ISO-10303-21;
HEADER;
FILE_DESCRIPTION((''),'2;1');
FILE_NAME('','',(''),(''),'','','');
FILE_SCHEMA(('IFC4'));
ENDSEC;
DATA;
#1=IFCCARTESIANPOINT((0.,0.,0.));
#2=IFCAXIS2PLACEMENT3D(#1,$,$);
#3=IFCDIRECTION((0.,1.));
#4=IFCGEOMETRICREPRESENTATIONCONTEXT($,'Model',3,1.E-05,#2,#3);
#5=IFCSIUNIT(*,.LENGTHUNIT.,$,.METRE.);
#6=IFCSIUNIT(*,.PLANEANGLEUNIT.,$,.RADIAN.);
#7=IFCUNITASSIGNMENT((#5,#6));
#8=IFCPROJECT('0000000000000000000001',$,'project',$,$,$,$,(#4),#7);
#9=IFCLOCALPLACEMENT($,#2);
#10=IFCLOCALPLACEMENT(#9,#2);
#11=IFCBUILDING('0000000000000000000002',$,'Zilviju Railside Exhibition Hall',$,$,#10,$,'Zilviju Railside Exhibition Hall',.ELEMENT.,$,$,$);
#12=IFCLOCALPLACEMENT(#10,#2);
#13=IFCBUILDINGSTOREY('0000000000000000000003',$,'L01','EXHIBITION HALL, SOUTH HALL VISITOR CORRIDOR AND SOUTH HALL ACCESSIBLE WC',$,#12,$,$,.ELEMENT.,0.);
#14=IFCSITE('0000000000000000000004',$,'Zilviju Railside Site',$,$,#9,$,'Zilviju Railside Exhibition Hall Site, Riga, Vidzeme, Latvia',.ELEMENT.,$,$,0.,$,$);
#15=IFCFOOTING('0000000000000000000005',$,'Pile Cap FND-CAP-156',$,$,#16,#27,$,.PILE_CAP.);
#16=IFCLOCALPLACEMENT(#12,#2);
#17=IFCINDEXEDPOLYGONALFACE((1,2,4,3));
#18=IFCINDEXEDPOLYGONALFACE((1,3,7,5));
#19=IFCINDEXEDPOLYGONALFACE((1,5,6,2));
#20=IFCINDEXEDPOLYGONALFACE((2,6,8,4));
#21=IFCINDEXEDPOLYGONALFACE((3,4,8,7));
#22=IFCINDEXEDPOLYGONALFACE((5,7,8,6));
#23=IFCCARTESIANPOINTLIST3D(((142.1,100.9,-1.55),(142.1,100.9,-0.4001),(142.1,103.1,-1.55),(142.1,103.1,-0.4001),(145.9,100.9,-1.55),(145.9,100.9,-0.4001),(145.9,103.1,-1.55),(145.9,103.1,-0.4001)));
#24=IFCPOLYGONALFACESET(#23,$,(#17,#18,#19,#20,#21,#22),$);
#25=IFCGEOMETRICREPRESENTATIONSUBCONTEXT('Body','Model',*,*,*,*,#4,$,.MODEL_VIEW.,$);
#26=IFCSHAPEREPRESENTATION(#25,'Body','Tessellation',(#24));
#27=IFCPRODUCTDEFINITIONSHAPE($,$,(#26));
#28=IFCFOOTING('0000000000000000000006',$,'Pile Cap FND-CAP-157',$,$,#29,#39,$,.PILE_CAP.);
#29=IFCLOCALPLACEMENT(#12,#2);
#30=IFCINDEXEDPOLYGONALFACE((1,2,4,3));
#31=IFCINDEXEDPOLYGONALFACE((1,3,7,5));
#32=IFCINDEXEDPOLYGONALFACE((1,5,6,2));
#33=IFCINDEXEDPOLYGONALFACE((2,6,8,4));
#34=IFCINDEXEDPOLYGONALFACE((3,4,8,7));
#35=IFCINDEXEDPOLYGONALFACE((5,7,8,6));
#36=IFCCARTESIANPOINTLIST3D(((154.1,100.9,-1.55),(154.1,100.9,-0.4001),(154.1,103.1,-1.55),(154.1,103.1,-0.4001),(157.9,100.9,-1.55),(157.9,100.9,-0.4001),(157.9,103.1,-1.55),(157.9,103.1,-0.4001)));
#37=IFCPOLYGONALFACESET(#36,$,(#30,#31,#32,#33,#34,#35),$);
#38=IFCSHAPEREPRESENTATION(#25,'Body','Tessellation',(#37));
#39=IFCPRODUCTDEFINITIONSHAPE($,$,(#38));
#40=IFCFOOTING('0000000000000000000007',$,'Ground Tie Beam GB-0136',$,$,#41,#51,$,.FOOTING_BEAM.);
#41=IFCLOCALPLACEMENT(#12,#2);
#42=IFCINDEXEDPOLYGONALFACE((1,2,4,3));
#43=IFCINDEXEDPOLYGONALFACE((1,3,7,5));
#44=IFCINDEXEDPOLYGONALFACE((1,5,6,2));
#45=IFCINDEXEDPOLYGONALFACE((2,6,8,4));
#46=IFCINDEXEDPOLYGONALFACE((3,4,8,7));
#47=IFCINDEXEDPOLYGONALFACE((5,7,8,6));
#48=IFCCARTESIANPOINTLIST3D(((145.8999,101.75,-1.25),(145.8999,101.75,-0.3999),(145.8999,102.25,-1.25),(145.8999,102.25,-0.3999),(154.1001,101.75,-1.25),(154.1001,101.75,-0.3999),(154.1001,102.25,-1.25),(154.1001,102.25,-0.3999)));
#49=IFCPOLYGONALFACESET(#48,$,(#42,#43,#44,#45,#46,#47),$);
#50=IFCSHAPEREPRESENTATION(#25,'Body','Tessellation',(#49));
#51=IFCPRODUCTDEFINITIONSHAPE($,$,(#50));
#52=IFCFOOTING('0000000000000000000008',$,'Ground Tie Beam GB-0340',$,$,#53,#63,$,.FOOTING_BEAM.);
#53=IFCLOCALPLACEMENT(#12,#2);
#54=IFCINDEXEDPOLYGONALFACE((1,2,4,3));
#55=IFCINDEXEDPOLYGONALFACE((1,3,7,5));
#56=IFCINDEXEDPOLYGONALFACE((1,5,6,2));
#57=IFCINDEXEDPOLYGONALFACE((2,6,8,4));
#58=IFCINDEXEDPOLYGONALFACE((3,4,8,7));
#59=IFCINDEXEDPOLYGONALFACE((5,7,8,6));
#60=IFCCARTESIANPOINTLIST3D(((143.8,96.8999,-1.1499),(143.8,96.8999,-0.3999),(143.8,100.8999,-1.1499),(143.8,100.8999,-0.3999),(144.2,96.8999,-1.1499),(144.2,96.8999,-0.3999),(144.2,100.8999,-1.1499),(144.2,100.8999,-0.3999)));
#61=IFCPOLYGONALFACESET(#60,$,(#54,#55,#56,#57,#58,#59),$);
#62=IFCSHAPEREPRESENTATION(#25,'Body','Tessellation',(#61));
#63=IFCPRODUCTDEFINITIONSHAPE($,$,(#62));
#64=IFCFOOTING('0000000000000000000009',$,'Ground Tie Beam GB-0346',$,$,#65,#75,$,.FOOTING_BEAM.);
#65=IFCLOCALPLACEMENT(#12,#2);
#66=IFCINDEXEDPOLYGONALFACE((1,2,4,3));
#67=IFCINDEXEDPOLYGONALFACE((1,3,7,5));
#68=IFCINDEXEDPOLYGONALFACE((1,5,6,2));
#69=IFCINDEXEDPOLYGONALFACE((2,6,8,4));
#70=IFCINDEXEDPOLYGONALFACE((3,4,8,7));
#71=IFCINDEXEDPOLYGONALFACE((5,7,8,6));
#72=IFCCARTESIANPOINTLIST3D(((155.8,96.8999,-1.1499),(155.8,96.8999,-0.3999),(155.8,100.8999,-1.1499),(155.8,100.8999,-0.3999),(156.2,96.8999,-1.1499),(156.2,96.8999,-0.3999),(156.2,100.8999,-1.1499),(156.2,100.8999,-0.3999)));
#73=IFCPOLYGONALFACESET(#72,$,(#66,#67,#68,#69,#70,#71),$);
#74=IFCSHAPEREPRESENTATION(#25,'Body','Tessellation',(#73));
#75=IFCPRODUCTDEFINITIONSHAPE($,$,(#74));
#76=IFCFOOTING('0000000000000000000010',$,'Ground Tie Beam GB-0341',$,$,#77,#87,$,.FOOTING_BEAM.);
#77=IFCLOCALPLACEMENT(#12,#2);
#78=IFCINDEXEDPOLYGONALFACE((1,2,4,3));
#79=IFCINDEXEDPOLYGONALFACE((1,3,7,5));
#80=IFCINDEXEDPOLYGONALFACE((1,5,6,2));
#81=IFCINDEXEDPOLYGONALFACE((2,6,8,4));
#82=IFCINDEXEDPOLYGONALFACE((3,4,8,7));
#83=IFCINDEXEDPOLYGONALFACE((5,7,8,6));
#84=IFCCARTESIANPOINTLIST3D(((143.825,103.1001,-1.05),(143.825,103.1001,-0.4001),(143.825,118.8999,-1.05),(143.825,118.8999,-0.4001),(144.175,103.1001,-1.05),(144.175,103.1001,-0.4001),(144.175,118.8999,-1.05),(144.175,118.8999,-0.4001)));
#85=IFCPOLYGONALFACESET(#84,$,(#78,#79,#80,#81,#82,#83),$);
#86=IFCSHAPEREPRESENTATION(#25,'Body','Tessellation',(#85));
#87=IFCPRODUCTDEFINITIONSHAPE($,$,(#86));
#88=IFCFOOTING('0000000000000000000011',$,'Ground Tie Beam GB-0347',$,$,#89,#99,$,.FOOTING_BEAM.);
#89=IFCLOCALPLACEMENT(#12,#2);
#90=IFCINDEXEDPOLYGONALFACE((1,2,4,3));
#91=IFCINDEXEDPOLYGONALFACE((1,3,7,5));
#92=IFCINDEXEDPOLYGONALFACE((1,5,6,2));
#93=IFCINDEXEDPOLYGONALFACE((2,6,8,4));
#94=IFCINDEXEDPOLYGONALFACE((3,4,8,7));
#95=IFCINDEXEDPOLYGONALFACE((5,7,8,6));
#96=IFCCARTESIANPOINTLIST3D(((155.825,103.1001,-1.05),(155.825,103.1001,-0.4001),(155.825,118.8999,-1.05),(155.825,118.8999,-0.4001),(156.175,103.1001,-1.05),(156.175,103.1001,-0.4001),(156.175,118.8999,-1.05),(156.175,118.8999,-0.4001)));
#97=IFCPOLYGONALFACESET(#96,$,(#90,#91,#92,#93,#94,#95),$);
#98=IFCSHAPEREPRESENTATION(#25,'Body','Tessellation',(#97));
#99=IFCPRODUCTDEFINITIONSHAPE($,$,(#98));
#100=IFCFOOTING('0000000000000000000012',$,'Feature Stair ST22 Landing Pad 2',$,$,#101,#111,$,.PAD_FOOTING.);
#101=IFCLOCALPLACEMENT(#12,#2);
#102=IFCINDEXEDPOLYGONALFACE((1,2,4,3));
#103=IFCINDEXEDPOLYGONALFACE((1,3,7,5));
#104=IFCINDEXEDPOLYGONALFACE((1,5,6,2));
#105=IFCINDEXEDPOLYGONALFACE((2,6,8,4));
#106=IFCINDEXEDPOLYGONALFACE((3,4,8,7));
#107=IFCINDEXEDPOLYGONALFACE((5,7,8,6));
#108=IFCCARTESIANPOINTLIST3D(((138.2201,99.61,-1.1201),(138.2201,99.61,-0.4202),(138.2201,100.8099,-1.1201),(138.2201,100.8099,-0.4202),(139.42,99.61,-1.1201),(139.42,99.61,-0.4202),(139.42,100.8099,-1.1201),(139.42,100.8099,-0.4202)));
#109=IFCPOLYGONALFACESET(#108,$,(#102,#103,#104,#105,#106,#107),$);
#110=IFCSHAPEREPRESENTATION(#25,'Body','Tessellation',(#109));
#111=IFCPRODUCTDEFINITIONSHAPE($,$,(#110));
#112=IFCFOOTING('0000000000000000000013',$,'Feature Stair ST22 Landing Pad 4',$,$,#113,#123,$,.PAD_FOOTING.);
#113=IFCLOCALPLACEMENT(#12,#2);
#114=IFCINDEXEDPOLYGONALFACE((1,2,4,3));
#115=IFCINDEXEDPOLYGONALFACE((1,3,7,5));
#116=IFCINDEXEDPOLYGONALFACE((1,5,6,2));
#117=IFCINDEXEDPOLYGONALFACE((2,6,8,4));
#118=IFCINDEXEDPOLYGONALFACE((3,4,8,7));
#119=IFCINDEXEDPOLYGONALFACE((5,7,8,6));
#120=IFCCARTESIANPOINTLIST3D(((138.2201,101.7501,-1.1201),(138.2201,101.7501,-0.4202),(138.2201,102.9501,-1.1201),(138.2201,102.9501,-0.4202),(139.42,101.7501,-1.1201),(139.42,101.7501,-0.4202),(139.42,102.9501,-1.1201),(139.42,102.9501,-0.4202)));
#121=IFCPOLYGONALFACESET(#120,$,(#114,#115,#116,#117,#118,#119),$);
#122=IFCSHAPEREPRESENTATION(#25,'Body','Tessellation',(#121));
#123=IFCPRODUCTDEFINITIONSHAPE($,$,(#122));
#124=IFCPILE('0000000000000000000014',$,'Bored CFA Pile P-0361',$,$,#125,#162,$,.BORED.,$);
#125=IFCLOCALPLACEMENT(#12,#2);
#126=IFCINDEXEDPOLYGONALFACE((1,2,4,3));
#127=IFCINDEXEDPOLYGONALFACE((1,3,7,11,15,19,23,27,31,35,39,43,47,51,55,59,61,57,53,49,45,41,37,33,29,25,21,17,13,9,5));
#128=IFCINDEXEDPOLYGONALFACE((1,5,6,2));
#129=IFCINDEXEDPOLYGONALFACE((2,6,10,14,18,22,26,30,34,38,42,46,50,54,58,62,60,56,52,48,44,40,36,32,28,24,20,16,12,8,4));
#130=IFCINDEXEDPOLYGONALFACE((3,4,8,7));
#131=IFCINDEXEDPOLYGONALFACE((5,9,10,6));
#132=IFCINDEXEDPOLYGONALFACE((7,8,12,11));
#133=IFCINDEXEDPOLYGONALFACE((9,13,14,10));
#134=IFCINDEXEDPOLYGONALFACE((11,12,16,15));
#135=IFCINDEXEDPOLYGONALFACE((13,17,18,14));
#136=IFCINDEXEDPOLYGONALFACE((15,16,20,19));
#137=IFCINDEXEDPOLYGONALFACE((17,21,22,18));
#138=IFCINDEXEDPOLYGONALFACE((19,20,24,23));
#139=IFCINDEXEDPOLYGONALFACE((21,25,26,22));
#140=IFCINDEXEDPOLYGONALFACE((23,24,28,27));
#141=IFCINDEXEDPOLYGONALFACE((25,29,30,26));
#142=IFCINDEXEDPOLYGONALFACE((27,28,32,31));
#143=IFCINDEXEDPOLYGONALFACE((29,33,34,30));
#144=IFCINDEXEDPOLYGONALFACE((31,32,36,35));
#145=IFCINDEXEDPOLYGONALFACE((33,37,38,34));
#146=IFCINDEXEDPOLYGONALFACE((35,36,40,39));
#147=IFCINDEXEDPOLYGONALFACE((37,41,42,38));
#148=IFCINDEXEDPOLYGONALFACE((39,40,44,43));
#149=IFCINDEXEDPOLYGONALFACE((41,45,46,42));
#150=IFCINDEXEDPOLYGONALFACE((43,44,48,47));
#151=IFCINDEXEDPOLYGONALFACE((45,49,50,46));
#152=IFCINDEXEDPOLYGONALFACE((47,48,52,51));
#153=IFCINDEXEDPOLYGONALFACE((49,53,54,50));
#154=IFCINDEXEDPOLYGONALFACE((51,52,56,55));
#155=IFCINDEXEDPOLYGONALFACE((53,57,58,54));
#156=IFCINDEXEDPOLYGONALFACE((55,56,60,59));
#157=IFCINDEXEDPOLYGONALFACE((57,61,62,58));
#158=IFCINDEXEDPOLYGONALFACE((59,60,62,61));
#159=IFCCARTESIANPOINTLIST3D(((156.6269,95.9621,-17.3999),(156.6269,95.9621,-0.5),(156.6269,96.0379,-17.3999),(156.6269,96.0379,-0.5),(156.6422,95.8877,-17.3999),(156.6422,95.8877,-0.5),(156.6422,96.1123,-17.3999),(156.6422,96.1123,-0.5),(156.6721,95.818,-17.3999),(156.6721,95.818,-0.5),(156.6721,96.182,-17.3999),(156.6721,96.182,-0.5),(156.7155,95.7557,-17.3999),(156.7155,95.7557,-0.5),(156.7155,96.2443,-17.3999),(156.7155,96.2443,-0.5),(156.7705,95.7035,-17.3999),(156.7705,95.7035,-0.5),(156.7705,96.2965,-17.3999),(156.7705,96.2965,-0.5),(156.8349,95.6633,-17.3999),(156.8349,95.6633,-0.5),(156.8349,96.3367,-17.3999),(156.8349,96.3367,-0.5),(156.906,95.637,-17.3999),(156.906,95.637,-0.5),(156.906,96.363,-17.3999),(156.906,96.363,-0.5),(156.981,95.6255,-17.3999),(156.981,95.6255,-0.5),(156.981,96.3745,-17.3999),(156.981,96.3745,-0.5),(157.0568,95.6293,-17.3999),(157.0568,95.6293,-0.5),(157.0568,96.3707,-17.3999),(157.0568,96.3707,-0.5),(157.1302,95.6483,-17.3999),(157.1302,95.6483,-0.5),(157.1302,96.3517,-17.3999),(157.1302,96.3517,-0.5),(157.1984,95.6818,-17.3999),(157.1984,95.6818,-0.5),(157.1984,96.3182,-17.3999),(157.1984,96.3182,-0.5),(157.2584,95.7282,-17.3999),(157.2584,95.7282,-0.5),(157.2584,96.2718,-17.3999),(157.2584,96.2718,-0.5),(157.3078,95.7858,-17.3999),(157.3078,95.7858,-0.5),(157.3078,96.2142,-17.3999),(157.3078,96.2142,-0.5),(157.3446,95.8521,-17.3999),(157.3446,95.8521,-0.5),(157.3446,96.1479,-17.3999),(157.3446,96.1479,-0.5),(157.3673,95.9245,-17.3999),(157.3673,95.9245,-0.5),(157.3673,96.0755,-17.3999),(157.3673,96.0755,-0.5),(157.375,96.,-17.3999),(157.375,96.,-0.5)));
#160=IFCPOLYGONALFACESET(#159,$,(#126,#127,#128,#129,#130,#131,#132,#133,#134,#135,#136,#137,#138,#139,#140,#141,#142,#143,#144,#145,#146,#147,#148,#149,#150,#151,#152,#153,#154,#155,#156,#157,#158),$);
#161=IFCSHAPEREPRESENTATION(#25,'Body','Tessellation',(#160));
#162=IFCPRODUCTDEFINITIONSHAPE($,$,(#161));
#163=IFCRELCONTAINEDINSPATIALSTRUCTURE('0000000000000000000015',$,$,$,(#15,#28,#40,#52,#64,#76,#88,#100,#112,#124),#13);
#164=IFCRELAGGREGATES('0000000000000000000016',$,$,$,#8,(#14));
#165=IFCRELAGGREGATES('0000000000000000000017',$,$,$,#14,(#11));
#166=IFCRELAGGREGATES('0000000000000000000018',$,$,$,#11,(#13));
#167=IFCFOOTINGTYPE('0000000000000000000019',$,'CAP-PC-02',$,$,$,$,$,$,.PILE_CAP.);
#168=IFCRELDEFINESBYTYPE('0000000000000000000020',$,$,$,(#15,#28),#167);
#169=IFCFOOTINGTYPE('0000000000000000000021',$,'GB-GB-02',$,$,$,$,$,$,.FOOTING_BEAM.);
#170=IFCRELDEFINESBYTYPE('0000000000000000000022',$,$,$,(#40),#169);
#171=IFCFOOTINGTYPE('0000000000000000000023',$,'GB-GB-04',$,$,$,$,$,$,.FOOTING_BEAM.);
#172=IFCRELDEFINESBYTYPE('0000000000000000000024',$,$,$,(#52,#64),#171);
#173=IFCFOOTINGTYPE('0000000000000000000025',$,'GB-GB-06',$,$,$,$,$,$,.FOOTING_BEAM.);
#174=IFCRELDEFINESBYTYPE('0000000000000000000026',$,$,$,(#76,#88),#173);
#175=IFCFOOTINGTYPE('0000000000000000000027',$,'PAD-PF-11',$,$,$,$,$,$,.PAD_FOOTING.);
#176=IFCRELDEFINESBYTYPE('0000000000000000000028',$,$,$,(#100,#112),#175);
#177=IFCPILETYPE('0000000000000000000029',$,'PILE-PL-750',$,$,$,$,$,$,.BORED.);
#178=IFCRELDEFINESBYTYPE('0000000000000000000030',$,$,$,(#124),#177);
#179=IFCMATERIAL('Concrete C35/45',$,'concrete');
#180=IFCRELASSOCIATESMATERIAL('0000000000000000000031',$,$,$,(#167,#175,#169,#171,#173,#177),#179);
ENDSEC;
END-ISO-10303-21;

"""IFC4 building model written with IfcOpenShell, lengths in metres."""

from ifc_helpers import new_model, si_unit, direction, frame, origin, origin_2d, place, context, subcontext, project, spatial, rectangle, circle, extrude, material, material_profile, profile_set, type_object, element, save


model = new_model("IFC4")

# Units and contexts
model_context = context("Model", 3, precision=1e-05, world=origin(), true_north=direction((0.0, 1.0)))
body_context = subcontext(model_context, "Body", "Model", "MODEL_VIEW")
ifc_project = project(units=[si_unit("LENGTHUNIT", "METRE"), si_unit("PLANEANGLEUNIT", "RADIAN")], contexts=[model_context])

# Site, building, storey
site_placement = place(None, origin())
site = spatial("IfcSite", under=ifc_project, at=site_placement, Name="Zilviju Railside Site", LongName="Zilviju Railside Exhibition Hall Site, Riga, Vidzeme, Latvia", CompositionType="ELEMENT", RefElevation=0.0)
building_placement = place(site_placement, origin())
building = spatial("IfcBuilding", under=site, at=building_placement, Name="Zilviju Railside Exhibition Hall", LongName="Zilviju Railside Exhibition Hall", CompositionType="ELEMENT")
storey_placement = place(building_placement, origin())
storey = spatial("IfcBuildingStorey", under=building, at=storey_placement, Name="L01", Description="EXHIBITION HALL, SOUTH HALL VISITOR CORRIDOR AND SOUTH HALL ACCESSIBLE WC", CompositionType="ELEMENT", Elevation=0.0)

# Footings
ifc_material_1 = material(Name="Concrete C35/45", Category="concrete")
footing_type_1 = type_object("IfcFootingType", Name="CAP-PC-02", PredefinedType="PILE_CAP", material=ifc_material_1)
for number, where, z_axis, x_axis, name in (
    (1, (144.0, 102.0, -1.55), (0.0, 0.0, 1.0), (1.0, 0.0, 0.0), "Pile Cap FND-CAP-156"),
    (2, (156.0, 102.0, -1.55), (0.0, 0.0, 1.0), (1.0, 0.0, 0.0), "Pile Cap FND-CAP-157"),
):
    element("IfcFooting", number, at=place(storey_placement, frame(where, z_axis=z_axis, x_axis=x_axis)), inside=storey, type_object=footing_type_1, Name=name, PredefinedType="PILE_CAP", context=body_context, shape_type="SweptSolid", body=[
        extrude(rectangle(XDim=3.8, YDim=2.2, at=origin_2d()), origin(), (0.0, 0.0, 1.0), 1.1499),
    ])
ifc_material_profile_1 = material_profile(ifc_material_1, rectangle(XDim=0.5, YDim=0.8501, at=origin_2d()), Name="TIE BEAM 500x850")
ifc_profile_set_1 = profile_set([ifc_material_profile_1], Name="Concrete C35/45")
footing_type_2 = type_object("IfcFootingType", Name="GB-GB-02", PredefinedType="FOOTING_BEAM", material=ifc_profile_set_1)
footing_placement = place(storey_placement, frame((145.8999, 102.0, -0.825), z_axis=(1.0, 0.0, 0.0), x_axis=(0.0, 1.0, 0.0)))
element("IfcFooting", 3, at=footing_placement, inside=storey, type_object=footing_type_2, Name="Ground Tie Beam GB-0136", PredefinedType="FOOTING_BEAM", context=body_context, shape_type="SweptSolid", body=[
    extrude(rectangle(XDim=0.5, YDim=0.8501, at=origin_2d()), origin(), (0.0, 0.0, 1.0), 8.2002),
])
ifc_material_profile_2 = material_profile(ifc_material_1, rectangle(XDim=0.3999, YDim=0.75, at=origin_2d()), Name="TIE BEAM 400x750")
ifc_profile_set_2 = profile_set([ifc_material_profile_2], Name="Concrete C35/45")
footing_type_3 = type_object("IfcFootingType", Name="GB-GB-04", PredefinedType="FOOTING_BEAM", material=ifc_profile_set_2)
for number, where, z_axis, x_axis, name in (
    (4, (144.0, 96.8999, -0.7749), (0.0, 1.0, 0.0), (-1.0, 0.0, 0.0), "Ground Tie Beam GB-0340"),
    (5, (156.0, 96.8999, -0.7749), (0.0, 1.0, 0.0), (-1.0, 0.0, 0.0), "Ground Tie Beam GB-0346"),
):
    element("IfcFooting", number, at=place(storey_placement, frame(where, z_axis=z_axis, x_axis=x_axis)), inside=storey, type_object=footing_type_3, Name=name, PredefinedType="FOOTING_BEAM", context=body_context, shape_type="SweptSolid", body=[
        extrude(rectangle(XDim=0.3999, YDim=0.75, at=origin_2d()), origin(), (0.0, 0.0, 1.0), 4.0),
    ])
ifc_material_profile_3 = material_profile(ifc_material_1, rectangle(XDim=0.3501, YDim=0.6499, at=origin_2d()), Name="TIE BEAM 350x650")
ifc_profile_set_3 = profile_set([ifc_material_profile_3], Name="Concrete C35/45")
footing_type_4 = type_object("IfcFootingType", Name="GB-GB-06", PredefinedType="FOOTING_BEAM", material=ifc_profile_set_3)
for number, where, z_axis, x_axis, name in (
    (6, (144.0, 103.1001, -0.7251), (0.0, 1.0, 0.0), (-1.0, 0.0, 0.0), "Ground Tie Beam GB-0341"),
    (7, (156.0, 103.1001, -0.7251), (0.0, 1.0, 0.0), (-1.0, 0.0, 0.0), "Ground Tie Beam GB-0347"),
):
    element("IfcFooting", number, at=place(storey_placement, frame(where, z_axis=z_axis, x_axis=x_axis)), inside=storey, type_object=footing_type_4, Name=name, PredefinedType="FOOTING_BEAM", context=body_context, shape_type="SweptSolid", body=[
        extrude(rectangle(XDim=0.3501, YDim=0.6499, at=origin_2d()), origin(), (0.0, 0.0, 1.0), 15.7998),
    ])
footing_type_5 = type_object("IfcFootingType", Name="PAD-PF-11", PredefinedType="PAD_FOOTING", material=ifc_material_1)
for number, where, z_axis, x_axis, name in (
    (8, (138.8201, 100.21, -1.1201), (0.0, 0.0, 1.0), (1.0, 0.0, 0.0), "Feature Stair ST22 Landing Pad 2"),
    (9, (138.8201, 102.3501, -1.1201), (0.0, 0.0, 1.0), (1.0, 0.0, 0.0), "Feature Stair ST22 Landing Pad 4"),
):
    element("IfcFooting", number, at=place(storey_placement, frame(where, z_axis=z_axis, x_axis=x_axis)), inside=storey, type_object=footing_type_5, Name=name, PredefinedType="PAD_FOOTING", context=body_context, shape_type="SweptSolid", body=[
        extrude(rectangle(XDim=1.2, YDim=1.2, at=origin_2d()), origin(), (0.0, 0.0, 1.0), 0.7),
    ])

# Pile
ifc_material_profile_4 = material_profile(ifc_material_1, circle(Radius=0.375, at=origin_2d()), Name="CFA PILE D750")
ifc_profile_set_4 = profile_set([ifc_material_profile_4], Name="Concrete C35/45")
pile_type_1 = type_object("IfcPileType", Name="PILE-PL-750", PredefinedType="BORED", material=ifc_profile_set_4)
pile_placement = place(storey_placement, frame((157.0, 96.0, -0.5), z_axis=(0.0, 0.0, -1.0), x_axis=(1.0, 0.0, 0.0)))
element("IfcPile", 10, at=pile_placement, inside=storey, type_object=pile_type_1, Name="Bored CFA Pile P-0361", PredefinedType="BORED", context=body_context, shape_type="SweptSolid", body=[
    extrude(circle(Radius=0.375, at=origin_2d()), origin(), (0.0, 0.0, 1.0), 16.8999),
])

save(model, "model.ifc")
